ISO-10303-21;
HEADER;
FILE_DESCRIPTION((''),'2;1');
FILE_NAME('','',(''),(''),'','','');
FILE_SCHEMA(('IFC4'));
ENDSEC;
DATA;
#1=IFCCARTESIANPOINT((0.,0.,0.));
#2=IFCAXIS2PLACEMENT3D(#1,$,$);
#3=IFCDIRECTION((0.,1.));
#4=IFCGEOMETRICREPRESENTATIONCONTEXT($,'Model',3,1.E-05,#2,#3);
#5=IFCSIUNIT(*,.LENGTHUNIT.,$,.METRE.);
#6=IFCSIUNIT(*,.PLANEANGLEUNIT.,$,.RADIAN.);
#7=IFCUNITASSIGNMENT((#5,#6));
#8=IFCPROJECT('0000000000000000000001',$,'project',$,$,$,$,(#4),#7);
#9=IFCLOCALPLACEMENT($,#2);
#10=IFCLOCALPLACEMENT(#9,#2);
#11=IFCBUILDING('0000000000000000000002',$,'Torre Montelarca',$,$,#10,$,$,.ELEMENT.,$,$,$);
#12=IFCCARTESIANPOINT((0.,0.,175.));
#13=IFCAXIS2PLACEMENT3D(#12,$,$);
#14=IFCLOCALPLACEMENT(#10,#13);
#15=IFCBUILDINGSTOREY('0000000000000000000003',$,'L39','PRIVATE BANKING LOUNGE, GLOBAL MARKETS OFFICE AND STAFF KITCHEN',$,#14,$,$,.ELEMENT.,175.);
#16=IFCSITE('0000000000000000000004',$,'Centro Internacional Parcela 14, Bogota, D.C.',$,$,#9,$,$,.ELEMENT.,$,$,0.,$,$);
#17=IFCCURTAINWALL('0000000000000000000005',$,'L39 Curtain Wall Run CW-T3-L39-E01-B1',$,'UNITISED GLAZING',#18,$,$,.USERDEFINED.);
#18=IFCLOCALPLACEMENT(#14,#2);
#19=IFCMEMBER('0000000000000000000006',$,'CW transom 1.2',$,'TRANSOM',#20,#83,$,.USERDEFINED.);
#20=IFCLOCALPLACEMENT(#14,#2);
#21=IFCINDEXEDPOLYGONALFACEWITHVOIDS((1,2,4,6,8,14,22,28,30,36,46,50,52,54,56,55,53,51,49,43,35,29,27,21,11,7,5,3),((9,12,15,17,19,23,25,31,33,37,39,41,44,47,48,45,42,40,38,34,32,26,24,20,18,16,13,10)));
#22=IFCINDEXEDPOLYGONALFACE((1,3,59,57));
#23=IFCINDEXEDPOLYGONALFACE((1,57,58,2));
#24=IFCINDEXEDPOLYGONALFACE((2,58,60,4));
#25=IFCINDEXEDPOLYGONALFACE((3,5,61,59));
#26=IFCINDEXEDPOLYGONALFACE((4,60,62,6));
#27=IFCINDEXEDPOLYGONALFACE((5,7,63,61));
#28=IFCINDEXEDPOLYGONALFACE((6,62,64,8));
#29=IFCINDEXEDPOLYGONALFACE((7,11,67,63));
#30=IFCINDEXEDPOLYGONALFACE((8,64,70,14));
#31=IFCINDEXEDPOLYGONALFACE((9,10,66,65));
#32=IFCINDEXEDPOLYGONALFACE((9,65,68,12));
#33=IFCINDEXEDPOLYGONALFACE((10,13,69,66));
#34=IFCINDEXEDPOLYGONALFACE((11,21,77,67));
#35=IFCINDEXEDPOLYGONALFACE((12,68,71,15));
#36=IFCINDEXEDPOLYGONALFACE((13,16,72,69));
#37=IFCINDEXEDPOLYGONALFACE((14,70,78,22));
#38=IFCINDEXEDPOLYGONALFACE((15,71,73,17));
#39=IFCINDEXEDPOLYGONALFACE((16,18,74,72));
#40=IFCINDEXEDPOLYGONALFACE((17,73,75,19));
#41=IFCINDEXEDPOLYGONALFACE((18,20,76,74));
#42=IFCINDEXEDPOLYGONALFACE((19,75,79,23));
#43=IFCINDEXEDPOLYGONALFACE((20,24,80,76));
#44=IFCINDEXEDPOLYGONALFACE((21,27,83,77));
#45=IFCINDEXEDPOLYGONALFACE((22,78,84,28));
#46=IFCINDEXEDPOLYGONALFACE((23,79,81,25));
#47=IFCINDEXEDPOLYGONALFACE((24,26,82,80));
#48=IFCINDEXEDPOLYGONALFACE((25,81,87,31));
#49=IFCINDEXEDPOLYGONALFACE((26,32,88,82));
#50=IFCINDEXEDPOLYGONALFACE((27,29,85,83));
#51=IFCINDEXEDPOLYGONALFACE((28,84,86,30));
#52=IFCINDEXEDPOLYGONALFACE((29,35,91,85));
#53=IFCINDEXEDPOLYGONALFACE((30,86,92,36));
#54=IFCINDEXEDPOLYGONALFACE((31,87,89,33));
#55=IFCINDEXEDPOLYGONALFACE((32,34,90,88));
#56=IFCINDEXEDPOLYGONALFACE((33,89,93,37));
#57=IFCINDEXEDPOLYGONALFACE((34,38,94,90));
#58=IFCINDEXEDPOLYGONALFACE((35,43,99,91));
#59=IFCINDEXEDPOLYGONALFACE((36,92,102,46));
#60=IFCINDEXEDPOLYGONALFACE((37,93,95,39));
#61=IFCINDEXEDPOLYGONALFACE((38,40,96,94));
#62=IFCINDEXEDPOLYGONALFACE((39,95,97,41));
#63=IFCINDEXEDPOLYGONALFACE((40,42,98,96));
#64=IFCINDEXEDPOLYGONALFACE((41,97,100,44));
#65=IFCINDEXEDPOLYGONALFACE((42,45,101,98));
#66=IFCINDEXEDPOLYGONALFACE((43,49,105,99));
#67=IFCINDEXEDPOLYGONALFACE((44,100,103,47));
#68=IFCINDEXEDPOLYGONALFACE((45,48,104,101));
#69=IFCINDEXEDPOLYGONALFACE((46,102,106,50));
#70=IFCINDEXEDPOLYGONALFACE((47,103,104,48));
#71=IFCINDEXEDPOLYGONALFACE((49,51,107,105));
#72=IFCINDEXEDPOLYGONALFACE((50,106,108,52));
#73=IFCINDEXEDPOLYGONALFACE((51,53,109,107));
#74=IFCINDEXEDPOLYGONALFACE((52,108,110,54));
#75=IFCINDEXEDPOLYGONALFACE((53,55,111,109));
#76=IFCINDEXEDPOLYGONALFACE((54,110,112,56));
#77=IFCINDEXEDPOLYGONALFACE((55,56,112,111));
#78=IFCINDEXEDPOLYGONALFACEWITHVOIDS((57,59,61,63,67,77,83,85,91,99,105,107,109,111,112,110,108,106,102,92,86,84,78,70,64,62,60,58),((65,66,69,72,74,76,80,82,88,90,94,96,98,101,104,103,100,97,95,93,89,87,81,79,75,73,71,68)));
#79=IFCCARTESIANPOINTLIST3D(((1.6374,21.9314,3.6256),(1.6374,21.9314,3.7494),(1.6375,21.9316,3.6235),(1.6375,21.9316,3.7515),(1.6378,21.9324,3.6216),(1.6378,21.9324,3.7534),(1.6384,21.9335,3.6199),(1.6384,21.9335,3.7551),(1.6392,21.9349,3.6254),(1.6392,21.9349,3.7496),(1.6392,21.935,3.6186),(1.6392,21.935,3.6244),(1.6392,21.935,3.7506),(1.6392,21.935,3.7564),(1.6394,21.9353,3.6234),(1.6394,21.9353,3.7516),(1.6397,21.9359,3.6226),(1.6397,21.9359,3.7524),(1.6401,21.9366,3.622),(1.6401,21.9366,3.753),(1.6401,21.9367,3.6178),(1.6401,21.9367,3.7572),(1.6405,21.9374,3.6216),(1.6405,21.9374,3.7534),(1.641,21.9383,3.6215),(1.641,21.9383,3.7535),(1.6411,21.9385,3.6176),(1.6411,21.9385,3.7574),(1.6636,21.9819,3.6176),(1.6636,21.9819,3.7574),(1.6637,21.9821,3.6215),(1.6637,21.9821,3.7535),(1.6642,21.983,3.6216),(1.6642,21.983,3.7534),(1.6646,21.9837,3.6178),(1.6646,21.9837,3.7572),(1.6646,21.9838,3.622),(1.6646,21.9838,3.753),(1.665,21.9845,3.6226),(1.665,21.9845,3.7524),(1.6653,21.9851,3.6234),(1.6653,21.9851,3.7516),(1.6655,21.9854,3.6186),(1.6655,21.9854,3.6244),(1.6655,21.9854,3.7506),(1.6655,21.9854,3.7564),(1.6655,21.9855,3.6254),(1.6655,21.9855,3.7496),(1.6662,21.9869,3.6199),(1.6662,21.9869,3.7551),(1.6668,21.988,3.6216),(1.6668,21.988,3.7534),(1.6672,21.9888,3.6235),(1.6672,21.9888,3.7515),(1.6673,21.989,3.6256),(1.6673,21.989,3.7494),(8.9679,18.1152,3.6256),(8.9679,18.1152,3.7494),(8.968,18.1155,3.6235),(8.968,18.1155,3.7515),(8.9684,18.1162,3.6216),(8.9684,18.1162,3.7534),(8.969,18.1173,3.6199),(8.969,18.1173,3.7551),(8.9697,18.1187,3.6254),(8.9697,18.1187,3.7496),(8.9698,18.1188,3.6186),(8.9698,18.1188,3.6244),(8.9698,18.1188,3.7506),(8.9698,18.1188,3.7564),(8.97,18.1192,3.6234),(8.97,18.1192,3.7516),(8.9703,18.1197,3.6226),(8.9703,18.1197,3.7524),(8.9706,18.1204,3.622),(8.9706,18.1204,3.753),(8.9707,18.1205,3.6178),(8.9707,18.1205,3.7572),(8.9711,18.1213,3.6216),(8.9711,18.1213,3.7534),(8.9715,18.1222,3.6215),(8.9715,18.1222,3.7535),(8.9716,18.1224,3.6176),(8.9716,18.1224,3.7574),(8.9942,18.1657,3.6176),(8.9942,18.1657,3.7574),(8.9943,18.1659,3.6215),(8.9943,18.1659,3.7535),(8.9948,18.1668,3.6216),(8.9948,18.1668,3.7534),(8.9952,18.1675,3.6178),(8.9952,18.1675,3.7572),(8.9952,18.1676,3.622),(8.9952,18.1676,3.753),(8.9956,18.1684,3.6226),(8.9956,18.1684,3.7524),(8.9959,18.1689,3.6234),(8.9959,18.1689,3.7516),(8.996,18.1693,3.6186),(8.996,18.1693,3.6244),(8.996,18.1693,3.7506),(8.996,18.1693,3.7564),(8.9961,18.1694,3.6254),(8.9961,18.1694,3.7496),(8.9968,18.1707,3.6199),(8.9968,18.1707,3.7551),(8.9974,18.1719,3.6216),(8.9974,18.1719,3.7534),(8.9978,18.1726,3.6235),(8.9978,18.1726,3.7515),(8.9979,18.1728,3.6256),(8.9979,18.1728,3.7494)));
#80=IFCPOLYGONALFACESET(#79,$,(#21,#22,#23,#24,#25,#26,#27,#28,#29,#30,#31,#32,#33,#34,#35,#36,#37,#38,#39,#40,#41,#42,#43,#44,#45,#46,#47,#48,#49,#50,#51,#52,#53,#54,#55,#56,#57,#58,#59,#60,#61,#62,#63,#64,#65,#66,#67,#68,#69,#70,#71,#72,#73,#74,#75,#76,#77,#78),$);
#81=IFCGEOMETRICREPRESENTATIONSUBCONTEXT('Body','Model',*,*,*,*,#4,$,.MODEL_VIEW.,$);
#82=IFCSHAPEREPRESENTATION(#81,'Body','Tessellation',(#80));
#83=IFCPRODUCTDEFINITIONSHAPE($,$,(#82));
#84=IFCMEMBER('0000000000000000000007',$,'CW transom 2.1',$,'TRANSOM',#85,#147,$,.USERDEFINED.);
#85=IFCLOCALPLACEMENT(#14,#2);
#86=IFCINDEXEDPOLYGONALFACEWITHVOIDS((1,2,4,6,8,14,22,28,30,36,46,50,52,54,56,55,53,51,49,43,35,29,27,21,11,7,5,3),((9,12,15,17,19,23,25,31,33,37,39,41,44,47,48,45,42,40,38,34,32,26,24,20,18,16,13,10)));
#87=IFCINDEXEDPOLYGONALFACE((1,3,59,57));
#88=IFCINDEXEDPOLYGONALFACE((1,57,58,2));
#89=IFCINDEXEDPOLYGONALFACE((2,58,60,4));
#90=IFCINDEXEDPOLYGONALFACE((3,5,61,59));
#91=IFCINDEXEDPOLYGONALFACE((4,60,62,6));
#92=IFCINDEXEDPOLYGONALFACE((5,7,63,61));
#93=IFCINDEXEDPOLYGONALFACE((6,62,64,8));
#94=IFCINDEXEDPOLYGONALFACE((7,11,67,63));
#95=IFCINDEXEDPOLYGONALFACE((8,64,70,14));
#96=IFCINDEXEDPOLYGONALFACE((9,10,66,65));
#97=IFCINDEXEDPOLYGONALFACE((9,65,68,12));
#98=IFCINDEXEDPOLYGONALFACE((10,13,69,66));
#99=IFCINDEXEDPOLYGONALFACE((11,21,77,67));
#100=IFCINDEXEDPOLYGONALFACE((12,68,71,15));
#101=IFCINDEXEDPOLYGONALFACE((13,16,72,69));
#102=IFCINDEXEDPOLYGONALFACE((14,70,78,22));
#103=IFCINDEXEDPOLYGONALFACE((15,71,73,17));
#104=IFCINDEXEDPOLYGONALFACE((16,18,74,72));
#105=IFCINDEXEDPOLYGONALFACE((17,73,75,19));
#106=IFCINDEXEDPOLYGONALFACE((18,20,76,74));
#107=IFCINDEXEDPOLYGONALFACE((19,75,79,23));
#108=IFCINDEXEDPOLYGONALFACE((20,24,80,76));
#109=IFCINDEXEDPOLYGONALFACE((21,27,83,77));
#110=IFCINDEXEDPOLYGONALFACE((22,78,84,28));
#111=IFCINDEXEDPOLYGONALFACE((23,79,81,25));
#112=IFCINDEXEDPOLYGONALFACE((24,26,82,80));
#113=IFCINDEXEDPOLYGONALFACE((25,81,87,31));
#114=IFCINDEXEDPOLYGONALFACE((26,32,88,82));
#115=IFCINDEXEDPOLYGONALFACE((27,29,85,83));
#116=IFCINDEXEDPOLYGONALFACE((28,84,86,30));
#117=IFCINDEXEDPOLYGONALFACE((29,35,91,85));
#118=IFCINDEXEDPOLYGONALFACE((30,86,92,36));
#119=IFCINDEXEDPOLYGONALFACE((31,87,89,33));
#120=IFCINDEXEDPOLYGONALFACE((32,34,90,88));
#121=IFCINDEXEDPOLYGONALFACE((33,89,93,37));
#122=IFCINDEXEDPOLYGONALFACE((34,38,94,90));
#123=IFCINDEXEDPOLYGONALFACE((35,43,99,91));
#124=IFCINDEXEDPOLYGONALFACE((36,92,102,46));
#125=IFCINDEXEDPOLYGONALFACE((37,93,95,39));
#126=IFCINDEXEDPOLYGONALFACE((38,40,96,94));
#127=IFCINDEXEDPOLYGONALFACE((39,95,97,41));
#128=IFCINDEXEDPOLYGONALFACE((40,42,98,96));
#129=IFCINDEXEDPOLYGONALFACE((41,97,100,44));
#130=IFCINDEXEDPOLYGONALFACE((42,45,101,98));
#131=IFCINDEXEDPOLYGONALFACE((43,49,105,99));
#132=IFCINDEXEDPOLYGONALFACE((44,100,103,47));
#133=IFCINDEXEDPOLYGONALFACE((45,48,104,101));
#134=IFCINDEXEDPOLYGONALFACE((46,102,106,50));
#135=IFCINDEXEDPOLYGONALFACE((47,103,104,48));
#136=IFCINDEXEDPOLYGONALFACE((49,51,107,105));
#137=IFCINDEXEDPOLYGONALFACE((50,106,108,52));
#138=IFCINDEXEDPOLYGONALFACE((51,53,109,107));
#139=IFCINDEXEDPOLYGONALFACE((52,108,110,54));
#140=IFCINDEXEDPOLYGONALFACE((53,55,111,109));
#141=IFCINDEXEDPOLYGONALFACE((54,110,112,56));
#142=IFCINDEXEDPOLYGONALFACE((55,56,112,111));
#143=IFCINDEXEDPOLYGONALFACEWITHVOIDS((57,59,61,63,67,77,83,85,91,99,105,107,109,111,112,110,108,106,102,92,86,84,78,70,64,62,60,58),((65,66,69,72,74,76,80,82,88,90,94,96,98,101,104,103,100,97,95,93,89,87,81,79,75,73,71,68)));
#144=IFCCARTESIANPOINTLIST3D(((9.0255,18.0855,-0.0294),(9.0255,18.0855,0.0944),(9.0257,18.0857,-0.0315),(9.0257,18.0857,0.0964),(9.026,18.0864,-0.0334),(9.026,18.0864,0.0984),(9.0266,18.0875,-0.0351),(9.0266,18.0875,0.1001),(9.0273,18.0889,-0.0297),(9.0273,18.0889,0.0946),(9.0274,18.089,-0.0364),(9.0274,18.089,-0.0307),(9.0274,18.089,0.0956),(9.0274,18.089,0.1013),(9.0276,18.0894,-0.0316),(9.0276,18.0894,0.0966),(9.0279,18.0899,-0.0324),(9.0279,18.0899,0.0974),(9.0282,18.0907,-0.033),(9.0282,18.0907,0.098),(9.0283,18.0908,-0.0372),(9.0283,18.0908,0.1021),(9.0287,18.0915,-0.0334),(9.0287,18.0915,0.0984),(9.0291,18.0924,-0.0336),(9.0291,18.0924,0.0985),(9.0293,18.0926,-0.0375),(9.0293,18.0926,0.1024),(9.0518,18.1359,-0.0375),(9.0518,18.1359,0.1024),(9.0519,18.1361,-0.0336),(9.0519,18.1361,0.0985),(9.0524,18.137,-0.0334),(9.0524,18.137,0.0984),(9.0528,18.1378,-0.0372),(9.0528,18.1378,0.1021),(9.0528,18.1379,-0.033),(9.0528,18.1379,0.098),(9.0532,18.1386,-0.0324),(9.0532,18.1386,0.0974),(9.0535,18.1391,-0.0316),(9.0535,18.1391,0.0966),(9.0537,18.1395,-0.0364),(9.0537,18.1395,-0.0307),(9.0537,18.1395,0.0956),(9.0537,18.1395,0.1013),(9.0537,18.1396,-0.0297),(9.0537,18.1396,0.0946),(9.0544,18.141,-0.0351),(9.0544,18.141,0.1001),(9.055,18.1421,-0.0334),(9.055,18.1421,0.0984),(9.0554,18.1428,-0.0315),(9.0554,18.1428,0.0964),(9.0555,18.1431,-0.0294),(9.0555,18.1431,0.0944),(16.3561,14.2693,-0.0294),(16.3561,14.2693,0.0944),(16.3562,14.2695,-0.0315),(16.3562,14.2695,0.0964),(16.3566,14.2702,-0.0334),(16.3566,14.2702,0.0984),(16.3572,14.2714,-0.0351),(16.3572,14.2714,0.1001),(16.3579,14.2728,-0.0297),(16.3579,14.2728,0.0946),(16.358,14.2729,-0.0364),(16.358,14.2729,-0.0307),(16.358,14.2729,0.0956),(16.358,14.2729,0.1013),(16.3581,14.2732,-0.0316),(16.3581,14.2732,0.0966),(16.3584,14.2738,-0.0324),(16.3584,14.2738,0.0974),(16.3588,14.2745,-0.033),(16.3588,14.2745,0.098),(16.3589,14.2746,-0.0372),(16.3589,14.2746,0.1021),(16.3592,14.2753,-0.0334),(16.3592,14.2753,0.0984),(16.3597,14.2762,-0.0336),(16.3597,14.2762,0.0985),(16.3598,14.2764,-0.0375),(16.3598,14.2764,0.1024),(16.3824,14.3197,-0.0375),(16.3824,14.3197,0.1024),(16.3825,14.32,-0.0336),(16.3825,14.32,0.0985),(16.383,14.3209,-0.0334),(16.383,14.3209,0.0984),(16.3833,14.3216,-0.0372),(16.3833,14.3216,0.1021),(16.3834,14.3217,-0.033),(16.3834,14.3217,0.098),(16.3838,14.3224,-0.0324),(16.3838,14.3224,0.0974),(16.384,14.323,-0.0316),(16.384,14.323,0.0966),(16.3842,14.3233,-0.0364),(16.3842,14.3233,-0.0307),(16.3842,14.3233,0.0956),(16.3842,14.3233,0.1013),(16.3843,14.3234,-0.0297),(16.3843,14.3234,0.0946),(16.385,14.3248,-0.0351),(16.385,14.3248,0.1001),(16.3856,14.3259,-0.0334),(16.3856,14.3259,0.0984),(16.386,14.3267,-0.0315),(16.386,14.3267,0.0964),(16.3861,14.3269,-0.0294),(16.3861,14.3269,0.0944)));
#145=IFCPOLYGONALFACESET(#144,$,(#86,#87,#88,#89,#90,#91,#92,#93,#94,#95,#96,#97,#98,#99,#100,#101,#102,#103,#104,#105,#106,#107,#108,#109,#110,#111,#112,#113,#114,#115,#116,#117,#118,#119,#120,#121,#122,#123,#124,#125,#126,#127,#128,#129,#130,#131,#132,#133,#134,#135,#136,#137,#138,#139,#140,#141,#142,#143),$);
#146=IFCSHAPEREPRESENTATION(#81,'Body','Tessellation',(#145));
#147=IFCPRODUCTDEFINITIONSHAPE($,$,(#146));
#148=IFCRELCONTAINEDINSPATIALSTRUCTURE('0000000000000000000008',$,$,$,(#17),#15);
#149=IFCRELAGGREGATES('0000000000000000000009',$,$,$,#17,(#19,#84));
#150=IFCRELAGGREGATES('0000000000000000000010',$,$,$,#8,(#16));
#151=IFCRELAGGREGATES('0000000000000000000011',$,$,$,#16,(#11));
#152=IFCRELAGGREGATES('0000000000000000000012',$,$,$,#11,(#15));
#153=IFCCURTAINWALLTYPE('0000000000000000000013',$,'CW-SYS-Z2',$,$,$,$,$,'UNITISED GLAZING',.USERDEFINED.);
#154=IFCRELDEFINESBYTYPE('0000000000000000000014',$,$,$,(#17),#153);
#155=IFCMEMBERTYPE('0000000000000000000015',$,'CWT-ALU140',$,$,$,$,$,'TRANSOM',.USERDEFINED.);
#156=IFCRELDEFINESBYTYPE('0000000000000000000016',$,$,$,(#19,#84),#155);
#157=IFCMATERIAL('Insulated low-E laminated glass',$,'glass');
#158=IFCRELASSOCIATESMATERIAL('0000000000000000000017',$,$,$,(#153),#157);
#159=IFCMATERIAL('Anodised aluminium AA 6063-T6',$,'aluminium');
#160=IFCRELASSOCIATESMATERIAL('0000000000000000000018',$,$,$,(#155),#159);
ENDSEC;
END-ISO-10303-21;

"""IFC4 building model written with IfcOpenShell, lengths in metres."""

from ifc_helpers import new_model, si_unit, direction, frame, origin, origin_2d, place, context, subcontext, project, spatial, hollow_rectangle, extrude, source, transform, mapped, material, material_profile, profile_set, type_object, element, aggregate, save


model = new_model("IFC4")

# Units and contexts
model_context = context("Model", 3, precision=1e-05, world=origin(), true_north=direction((0.0, 1.0)))
body_context = subcontext(model_context, "Body", "Model", "MODEL_VIEW")
ifc_project = project(units=[si_unit("LENGTHUNIT", "METRE"), si_unit("PLANEANGLEUNIT", "RADIAN")], contexts=[model_context])

# Site, building, storey
site_placement = place(None, origin())
site = spatial("IfcSite", under=ifc_project, at=site_placement, Name="Centro Internacional Parcela 14, Bogota, D.C.", CompositionType="ELEMENT", RefElevation=0.0)
building_placement = place(site_placement, origin())
building = spatial("IfcBuilding", under=site, at=building_placement, Name="Torre Montelarca", CompositionType="ELEMENT")
storey_placement = place(building_placement, frame((0.0, 0.0, 175.0)))
storey = spatial("IfcBuildingStorey", under=building, at=storey_placement, Name="L39", Description="PRIVATE BANKING LOUNGE, GLOBAL MARKETS OFFICE AND STAFF KITCHEN", CompositionType="ELEMENT", Elevation=175.0)

# Curtain wall
ifc_material_1 = material(Name="Insulated low-E laminated glass", Category="glass")
curtain_wall_type = type_object("IfcCurtainWallType", Name="CW-SYS-Z2", ElementType="UNITISED GLAZING", PredefinedType="USERDEFINED", material=ifc_material_1)
curtain_wall_1_placement = place(storey_placement, origin())
curtain_wall_1 = element("IfcCurtainWall", 1, at=curtain_wall_1_placement, inside=storey, type_object=curtain_wall_type, Name="L39 Curtain Wall Run CW-T3-L39-E01-B1", ObjectType="UNITISED GLAZING", PredefinedType="USERDEFINED")
ifc_material_2 = material(Name="Anodised aluminium AA 6063-T6", Category="aluminium")

# Members
ifc_material_profile_1 = material_profile(ifc_material_2, hollow_rectangle(XDim=0.0649, YDim=0.1399, WallThickness=0.0039, InnerFilletRadius=0.0039, OuterFilletRadius=0.0081, at=origin_2d()), Name="ALU65X140X4", Category="aluminium")
ifc_profile_set_1 = profile_set([ifc_material_profile_1], Name="Anodised aluminium AA 6063-T6")
member_type_1 = type_object("IfcMemberType", Name="CWT-ALU140", ElementType="TRANSOM", PredefinedType="USERDEFINED", material=ifc_profile_set_1)
shared_shape_1 = source(origin(), body_context, "Body", "SweptSolid", [
    extrude(hollow_rectangle(XDim=0.0649, YDim=0.1399, WallThickness=0.0039, InnerFilletRadius=0.0039, OuterFilletRadius=0.0081, at=origin_2d()), origin(), (0.0, 0.0, 1.0), 8.2644),
])
member_1_placement = place(storey_placement, frame((1.6523, 21.9602, 3.6875), z_axis=(0.887005, -0.461759, 0.0), x_axis=(0.461759, 0.887005, 0.0)))
member_1 = element("IfcMember", 2, at=member_1_placement, type_object=member_type_1, Name="CW transom 1.2", ObjectType="TRANSOM", PredefinedType="USERDEFINED", context=body_context, shape_type="MappedRepresentation", body=[
    mapped(shared_shape_1, transform((0.0, 0.0, 0.0), scale=1.0)),
])
member_2_placement = place(storey_placement, frame((9.0405, 18.1143, 0.0325), z_axis=(0.887005, -0.461759, 0.0), x_axis=(0.461759, 0.887005, 0.0)))
member_2 = element("IfcMember", 3, at=member_2_placement, type_object=member_type_1, Name="CW transom 2.1", ObjectType="TRANSOM", PredefinedType="USERDEFINED", context=body_context, shape_type="MappedRepresentation", body=[
    mapped(shared_shape_1, transform((0.0, 0.0, 0.0), scale=1.0)),
])

aggregate(curtain_wall_1, [member_1, member_2])

save(model, "model.ifc")
